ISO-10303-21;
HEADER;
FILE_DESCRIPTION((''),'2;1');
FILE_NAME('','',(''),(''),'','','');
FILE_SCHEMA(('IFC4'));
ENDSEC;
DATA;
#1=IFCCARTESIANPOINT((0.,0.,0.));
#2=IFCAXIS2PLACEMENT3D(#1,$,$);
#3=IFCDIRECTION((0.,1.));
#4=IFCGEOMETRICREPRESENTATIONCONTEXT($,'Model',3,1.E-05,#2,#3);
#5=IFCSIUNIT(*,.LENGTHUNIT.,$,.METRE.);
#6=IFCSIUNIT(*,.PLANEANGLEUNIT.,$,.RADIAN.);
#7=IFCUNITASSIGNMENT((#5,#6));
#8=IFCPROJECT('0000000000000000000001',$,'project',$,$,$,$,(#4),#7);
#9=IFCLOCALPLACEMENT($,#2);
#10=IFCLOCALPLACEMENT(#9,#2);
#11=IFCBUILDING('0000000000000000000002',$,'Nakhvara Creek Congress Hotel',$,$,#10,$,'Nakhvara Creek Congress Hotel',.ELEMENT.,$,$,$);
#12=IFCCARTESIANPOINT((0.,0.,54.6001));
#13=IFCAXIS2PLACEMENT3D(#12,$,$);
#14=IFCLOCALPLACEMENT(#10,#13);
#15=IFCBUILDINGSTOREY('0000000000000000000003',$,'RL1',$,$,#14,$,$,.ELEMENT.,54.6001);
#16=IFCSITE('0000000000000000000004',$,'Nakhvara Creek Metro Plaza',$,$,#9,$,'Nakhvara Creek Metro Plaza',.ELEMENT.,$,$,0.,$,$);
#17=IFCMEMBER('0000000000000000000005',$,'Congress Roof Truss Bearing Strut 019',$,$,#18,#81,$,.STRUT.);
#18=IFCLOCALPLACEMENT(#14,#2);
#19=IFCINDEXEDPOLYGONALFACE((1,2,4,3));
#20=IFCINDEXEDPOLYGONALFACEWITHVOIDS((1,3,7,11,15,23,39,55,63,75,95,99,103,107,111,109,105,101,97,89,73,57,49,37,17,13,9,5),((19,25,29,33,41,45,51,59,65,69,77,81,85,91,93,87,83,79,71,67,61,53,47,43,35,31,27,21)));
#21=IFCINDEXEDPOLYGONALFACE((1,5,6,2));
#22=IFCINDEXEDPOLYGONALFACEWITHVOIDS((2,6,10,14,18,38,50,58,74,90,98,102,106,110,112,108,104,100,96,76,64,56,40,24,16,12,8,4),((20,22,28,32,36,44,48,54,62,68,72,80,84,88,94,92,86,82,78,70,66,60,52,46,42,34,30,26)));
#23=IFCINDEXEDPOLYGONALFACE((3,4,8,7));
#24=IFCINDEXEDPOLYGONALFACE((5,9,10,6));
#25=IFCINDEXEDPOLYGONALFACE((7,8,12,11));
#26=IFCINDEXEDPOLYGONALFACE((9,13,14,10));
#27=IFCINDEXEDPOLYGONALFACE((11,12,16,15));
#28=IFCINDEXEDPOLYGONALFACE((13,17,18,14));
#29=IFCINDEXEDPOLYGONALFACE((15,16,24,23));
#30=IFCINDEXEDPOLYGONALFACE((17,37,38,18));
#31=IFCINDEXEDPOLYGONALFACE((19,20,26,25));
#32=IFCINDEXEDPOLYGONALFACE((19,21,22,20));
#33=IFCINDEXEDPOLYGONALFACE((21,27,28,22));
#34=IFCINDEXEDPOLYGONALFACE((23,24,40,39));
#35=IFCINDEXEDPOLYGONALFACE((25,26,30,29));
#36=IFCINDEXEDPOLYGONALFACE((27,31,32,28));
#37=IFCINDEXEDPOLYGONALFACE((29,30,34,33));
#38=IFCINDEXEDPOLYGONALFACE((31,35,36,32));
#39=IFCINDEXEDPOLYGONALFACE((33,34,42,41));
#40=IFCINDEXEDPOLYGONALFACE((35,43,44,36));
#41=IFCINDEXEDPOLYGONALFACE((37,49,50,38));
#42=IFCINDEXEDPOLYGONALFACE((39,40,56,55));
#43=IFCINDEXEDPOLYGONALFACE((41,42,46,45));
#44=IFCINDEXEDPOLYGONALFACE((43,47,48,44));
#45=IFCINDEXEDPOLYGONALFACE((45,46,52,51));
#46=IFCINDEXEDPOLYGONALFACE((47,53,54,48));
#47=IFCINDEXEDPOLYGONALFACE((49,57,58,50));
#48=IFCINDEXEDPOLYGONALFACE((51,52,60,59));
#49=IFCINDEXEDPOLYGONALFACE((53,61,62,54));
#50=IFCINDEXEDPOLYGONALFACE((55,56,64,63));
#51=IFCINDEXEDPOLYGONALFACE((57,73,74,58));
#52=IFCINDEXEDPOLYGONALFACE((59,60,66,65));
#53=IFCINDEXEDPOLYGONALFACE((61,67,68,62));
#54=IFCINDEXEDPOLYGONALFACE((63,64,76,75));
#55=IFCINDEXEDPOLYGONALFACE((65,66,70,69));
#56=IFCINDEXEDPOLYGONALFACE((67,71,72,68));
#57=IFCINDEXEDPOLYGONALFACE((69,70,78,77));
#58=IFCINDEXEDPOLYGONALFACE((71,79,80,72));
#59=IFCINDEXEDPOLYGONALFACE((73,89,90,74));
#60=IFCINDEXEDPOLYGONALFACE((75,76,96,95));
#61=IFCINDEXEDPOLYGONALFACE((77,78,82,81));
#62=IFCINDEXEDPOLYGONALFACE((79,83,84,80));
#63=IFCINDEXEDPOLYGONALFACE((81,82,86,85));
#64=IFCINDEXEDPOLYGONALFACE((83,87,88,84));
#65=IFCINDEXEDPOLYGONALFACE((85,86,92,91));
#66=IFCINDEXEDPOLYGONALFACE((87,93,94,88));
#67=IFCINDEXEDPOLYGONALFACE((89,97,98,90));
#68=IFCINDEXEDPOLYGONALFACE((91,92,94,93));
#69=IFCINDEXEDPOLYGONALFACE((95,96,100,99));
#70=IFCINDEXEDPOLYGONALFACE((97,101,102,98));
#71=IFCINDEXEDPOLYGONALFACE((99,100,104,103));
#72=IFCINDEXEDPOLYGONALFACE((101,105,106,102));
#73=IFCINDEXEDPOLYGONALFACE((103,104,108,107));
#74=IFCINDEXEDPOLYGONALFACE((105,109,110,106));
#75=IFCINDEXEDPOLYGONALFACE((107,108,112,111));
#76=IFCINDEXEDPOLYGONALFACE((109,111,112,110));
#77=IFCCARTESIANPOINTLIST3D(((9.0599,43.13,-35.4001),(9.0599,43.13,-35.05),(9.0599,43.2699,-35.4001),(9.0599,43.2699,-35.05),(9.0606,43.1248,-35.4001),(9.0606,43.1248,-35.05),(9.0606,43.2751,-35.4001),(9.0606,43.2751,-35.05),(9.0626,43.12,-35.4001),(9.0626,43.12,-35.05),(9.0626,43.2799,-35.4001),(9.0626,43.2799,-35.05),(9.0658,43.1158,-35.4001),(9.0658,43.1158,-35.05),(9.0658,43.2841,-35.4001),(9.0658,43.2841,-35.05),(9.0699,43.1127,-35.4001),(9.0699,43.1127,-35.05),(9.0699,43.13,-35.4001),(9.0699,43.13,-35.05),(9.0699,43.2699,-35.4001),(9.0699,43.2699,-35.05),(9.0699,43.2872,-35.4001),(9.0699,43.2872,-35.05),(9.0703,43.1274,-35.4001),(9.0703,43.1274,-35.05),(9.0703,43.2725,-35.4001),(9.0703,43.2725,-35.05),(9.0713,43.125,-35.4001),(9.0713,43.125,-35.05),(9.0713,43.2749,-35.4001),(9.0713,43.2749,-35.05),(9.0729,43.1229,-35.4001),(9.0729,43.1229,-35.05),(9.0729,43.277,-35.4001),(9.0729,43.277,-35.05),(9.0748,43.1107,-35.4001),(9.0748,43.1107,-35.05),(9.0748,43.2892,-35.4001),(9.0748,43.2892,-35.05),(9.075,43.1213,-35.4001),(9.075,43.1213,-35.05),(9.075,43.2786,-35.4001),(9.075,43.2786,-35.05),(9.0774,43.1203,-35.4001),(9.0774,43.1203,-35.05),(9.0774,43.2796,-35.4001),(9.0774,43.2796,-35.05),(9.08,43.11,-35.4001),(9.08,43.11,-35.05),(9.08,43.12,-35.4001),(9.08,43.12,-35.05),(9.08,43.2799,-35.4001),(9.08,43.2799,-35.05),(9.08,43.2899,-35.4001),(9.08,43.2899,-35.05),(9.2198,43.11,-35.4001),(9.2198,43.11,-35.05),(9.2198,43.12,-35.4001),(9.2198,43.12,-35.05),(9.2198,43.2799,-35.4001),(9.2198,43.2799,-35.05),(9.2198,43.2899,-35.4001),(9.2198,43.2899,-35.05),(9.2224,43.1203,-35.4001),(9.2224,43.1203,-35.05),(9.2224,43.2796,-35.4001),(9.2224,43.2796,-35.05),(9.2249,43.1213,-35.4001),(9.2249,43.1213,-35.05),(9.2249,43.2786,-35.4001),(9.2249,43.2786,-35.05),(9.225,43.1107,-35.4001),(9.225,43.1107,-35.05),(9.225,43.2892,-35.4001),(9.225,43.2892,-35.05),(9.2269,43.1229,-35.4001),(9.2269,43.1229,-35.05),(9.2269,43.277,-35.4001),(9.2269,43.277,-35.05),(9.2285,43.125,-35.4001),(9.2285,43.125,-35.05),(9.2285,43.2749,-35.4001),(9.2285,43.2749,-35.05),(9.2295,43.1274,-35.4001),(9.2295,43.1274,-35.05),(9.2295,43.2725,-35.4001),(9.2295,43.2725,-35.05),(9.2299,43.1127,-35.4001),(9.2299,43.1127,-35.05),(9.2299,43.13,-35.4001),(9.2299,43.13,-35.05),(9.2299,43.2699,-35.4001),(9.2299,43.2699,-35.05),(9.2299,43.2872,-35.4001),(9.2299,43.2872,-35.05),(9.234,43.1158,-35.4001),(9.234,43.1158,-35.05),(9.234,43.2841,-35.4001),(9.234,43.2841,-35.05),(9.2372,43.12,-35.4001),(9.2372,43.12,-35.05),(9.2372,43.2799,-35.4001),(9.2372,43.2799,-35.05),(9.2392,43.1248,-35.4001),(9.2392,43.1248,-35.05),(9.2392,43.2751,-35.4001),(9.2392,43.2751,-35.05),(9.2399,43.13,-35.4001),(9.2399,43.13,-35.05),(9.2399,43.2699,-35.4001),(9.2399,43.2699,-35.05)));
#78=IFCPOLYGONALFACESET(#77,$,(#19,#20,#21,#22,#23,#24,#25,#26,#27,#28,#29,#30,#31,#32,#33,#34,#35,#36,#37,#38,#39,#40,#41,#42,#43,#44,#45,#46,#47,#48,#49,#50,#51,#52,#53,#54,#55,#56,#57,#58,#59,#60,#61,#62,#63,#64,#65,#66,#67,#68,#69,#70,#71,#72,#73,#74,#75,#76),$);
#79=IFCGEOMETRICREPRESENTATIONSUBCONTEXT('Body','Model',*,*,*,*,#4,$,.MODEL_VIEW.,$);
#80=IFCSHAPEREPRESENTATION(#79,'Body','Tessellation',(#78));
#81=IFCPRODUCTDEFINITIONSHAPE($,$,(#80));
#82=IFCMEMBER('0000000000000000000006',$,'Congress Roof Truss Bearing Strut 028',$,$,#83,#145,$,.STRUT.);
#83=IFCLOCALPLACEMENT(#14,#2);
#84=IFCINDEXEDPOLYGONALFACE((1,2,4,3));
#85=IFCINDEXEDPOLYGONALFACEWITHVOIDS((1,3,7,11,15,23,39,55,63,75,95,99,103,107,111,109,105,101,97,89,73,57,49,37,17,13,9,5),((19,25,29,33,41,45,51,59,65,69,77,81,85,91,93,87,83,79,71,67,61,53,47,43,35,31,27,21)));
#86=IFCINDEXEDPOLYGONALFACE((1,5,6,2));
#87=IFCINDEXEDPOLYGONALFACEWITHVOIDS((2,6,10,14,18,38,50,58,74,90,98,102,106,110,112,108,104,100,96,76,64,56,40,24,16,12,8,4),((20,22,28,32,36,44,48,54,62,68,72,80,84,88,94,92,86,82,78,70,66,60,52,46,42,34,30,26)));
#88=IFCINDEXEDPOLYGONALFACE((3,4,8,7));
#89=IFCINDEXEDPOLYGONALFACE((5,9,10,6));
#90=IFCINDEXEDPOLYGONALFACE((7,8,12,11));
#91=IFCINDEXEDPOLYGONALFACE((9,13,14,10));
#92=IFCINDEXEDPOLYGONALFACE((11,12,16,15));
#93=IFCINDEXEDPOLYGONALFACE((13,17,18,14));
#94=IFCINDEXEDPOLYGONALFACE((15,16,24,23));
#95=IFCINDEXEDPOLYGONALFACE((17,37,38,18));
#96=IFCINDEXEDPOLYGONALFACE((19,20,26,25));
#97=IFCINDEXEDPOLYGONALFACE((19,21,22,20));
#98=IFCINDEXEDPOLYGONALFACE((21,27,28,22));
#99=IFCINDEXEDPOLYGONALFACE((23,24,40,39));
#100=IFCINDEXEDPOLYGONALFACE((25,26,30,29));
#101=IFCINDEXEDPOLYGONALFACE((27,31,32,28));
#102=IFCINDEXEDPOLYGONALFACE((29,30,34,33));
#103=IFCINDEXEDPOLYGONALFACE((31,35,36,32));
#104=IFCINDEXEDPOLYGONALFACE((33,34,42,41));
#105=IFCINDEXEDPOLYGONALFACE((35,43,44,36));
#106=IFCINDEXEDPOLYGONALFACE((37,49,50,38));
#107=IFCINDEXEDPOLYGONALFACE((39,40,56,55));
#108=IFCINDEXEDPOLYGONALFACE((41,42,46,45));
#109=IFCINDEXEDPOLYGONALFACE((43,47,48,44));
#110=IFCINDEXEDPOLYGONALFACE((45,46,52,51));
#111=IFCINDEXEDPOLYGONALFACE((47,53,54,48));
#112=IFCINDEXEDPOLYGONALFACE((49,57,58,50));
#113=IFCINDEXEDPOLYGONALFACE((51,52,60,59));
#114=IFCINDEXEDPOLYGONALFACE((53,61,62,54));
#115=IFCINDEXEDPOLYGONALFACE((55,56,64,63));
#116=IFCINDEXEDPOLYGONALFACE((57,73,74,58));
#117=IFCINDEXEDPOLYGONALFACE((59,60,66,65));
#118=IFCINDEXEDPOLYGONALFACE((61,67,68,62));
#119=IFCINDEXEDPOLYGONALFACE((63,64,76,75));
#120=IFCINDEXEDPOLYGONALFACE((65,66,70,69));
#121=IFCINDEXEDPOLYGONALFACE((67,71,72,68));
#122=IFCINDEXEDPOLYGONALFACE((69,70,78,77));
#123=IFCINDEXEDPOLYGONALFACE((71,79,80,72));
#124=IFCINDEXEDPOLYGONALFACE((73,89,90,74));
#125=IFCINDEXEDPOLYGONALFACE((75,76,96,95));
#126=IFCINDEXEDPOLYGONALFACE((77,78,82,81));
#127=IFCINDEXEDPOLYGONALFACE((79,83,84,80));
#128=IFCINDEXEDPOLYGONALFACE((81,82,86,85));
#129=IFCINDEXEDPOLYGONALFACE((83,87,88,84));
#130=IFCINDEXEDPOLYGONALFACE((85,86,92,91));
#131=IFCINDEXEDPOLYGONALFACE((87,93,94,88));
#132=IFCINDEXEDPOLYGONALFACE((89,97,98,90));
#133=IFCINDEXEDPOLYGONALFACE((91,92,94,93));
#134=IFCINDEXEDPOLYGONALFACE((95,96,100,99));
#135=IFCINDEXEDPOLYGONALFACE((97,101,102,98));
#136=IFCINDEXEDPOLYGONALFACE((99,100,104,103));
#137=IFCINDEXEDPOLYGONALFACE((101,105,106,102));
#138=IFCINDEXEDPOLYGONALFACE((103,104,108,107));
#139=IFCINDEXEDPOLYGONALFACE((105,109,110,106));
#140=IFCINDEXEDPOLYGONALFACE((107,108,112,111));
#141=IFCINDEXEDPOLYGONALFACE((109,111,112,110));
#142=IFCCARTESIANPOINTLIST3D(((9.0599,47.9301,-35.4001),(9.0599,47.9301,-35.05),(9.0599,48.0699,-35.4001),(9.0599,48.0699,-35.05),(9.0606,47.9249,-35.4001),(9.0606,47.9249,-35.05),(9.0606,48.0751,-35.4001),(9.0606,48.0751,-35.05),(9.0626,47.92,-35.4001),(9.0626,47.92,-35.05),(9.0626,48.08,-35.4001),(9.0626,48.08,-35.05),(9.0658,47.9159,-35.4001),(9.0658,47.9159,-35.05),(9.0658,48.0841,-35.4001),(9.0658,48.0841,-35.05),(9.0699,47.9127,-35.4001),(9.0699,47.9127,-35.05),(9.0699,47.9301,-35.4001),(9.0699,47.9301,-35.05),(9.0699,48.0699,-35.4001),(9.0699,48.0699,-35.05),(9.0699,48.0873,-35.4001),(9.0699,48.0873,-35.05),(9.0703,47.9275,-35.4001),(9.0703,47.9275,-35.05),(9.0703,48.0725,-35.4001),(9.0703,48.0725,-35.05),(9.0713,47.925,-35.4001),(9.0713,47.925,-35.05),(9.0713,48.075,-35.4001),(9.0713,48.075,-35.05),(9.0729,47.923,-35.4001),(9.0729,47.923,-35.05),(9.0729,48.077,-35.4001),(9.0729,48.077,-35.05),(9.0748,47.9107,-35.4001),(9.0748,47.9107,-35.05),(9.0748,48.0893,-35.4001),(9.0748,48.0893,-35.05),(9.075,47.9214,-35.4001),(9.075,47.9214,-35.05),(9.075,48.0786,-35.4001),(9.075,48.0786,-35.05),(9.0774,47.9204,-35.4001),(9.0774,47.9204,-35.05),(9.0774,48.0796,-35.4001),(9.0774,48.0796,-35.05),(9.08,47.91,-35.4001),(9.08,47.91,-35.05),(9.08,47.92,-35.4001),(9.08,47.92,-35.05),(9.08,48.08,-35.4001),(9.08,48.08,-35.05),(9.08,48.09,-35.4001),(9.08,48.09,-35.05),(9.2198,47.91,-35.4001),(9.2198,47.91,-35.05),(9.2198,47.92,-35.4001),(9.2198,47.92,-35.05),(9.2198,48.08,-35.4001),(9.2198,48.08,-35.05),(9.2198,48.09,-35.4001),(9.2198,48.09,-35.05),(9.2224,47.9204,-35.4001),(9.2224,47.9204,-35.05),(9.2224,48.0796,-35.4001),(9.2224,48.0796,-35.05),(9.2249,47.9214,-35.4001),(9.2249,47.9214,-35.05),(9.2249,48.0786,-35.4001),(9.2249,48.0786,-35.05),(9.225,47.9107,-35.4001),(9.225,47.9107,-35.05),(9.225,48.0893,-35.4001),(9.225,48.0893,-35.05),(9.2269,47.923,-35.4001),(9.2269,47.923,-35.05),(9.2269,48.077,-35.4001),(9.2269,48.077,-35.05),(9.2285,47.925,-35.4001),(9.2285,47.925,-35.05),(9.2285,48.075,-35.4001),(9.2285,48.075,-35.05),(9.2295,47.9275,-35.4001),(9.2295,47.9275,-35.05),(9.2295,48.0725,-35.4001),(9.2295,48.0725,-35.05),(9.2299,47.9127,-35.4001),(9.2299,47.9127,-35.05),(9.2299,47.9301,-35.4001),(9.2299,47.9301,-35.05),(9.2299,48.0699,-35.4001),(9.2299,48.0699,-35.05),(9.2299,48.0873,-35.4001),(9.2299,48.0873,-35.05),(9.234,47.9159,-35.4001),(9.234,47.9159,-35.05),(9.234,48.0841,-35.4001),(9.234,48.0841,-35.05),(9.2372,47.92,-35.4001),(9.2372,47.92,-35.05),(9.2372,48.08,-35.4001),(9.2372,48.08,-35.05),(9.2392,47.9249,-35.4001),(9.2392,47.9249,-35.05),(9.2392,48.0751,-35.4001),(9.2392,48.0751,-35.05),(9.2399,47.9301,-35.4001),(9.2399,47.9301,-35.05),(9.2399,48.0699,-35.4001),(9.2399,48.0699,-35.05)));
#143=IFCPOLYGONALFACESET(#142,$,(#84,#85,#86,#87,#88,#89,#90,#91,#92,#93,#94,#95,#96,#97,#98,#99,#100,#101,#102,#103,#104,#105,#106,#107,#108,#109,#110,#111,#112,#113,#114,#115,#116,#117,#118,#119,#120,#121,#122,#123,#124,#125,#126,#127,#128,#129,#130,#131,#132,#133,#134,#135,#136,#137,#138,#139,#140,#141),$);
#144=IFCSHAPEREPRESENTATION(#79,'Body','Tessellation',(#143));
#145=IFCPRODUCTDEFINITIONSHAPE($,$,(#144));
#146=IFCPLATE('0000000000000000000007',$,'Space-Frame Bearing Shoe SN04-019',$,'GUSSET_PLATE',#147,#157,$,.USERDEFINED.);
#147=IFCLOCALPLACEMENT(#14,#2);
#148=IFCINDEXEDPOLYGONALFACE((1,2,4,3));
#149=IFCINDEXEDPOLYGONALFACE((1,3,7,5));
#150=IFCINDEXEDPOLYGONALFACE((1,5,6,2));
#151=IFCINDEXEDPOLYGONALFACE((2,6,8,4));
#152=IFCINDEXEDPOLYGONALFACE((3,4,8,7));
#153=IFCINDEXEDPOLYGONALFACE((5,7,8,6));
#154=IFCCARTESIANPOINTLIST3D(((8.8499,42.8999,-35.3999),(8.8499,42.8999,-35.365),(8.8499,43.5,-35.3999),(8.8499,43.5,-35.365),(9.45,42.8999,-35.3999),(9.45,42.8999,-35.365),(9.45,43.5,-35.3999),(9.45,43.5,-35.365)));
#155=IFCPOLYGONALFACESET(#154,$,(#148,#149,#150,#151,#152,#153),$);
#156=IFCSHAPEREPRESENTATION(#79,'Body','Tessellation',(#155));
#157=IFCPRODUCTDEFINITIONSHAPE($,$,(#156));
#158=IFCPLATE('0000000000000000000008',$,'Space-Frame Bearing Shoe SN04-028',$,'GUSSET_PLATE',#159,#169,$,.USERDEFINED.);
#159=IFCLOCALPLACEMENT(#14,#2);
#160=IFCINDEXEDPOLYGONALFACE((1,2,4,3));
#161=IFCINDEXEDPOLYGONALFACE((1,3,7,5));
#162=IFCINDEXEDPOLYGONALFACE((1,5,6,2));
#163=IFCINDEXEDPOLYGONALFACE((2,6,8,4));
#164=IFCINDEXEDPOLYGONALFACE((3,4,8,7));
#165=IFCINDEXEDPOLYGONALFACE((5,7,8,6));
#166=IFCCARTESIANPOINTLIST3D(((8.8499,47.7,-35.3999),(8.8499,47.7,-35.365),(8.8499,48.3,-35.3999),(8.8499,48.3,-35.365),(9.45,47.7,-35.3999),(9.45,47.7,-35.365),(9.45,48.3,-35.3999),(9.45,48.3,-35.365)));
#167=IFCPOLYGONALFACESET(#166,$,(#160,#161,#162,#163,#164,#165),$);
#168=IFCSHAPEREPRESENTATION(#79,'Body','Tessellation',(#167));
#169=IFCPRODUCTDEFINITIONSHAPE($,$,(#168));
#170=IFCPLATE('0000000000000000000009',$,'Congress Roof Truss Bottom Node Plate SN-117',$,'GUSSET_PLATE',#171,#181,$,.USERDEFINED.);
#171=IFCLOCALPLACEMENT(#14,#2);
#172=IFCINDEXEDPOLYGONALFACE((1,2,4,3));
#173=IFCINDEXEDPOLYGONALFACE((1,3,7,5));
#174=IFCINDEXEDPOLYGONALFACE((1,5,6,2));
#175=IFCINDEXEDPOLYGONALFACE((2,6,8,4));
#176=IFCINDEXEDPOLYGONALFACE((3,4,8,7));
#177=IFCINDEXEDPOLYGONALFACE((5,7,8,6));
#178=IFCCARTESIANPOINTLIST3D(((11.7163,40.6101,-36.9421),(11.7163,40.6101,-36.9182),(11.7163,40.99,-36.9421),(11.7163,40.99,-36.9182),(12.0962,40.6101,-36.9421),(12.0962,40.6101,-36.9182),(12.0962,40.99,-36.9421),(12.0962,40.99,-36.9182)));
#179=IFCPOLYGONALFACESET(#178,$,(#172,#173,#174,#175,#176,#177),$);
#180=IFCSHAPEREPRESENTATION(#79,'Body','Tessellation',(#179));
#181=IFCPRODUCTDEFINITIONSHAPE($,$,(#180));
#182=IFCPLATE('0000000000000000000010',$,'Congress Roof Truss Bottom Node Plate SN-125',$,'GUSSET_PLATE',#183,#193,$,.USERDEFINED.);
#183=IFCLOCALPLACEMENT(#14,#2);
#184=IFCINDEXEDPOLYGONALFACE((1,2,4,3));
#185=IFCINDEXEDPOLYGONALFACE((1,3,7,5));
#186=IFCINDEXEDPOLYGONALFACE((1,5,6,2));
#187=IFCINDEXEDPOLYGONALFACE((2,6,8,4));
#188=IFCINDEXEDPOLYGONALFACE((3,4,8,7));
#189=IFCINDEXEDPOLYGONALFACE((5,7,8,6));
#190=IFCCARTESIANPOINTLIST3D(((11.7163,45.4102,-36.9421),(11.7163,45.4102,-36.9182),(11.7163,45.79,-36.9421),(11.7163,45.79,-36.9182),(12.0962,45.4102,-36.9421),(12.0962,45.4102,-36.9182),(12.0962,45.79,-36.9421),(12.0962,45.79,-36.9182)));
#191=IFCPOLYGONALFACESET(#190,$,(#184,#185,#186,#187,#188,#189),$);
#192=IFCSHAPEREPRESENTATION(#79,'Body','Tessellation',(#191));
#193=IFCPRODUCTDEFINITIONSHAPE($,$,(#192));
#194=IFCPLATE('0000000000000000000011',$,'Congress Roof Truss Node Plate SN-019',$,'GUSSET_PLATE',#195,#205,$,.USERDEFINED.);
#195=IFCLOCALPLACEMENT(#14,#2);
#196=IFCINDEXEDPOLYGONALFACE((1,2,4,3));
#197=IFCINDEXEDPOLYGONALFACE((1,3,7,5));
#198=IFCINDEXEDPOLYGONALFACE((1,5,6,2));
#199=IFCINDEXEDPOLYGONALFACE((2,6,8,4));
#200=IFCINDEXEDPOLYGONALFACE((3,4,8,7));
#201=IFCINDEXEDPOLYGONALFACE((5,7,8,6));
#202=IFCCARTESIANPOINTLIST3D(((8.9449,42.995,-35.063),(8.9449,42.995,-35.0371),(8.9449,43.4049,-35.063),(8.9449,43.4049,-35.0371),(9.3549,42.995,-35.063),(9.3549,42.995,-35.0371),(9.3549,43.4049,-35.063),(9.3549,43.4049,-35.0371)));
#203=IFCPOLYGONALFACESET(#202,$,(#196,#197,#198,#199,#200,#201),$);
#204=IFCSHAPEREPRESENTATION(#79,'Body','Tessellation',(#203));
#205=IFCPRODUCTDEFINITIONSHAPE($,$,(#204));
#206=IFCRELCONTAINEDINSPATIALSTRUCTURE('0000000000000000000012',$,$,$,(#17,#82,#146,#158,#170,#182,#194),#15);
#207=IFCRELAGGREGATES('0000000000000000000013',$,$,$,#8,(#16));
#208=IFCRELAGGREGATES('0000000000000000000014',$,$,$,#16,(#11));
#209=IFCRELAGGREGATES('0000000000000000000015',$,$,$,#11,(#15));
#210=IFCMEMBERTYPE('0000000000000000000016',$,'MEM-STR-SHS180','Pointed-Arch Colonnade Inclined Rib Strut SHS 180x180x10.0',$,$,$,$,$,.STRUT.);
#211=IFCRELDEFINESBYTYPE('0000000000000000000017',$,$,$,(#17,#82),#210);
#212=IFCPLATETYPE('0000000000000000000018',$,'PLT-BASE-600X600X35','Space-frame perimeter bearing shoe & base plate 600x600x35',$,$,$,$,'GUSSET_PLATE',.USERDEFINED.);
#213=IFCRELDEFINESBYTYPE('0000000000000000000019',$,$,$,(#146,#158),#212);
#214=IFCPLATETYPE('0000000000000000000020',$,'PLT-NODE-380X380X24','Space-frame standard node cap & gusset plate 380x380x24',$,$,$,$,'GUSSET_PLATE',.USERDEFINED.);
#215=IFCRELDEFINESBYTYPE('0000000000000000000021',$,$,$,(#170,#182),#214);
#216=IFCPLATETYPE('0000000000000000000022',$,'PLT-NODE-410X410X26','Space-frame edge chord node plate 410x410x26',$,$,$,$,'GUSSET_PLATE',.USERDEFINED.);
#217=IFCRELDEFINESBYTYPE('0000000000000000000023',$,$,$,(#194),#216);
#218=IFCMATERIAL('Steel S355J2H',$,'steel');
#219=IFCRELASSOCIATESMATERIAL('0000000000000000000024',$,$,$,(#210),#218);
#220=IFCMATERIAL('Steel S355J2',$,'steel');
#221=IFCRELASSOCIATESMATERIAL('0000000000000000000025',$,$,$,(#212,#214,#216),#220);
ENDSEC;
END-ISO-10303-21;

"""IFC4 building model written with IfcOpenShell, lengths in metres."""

from ifc_helpers import new_model, si_unit, direction, frame, origin, origin_2d, place, context, subcontext, project, spatial, rectangle, hollow_rectangle, extrude, material, material_profile, profile_set, type_object, element, save


model = new_model("IFC4")

# Units and contexts
model_context = context("Model", 3, precision=1e-05, world=origin(), true_north=direction((0.0, 1.0)))
body_context = subcontext(model_context, "Body", "Model", "MODEL_VIEW")
ifc_project = project(units=[si_unit("LENGTHUNIT", "METRE"), si_unit("PLANEANGLEUNIT", "RADIAN")], contexts=[model_context])

# Site, building, storey
site_placement = place(None, origin())
site = spatial("IfcSite", under=ifc_project, at=site_placement, Name="Nakhvara Creek Metro Plaza", LongName="Nakhvara Creek Metro Plaza", CompositionType="ELEMENT", RefElevation=0.0)
building_placement = place(site_placement, origin())
building = spatial("IfcBuilding", under=site, at=building_placement, Name="Nakhvara Creek Congress Hotel", LongName="Nakhvara Creek Congress Hotel", CompositionType="ELEMENT")
storey_placement = place(building_placement, frame((0.0, 0.0, 54.6001)))
storey = spatial("IfcBuildingStorey", under=building, at=storey_placement, Name="RL1", CompositionType="ELEMENT", Elevation=54.6001)

# Members
ifc_material_1 = material(Name="Steel S355J2H", Category="steel")
ifc_material_profile_1 = material_profile(ifc_material_1, hollow_rectangle(XDim=0.1799, YDim=0.1799, WallThickness=0.01, InnerFilletRadius=0.01, OuterFilletRadius=0.02, at=origin_2d()), Name="SHS 180x180x10.0", Category="LoadBearing")
ifc_profile_set_1 = profile_set([ifc_material_profile_1], Name="Steel S355J2H")
member_type_1 = type_object("IfcMemberType", Name="MEM-STR-SHS180", Description="Pointed-Arch Colonnade Inclined Rib Strut SHS 180x180x10.0", PredefinedType="STRUT", material=ifc_profile_set_1)
for number, where, z_axis, x_axis, name in (
    (1, (9.1499, 43.2, -35.4001), (0.0, 0.0, 1.0), (1.0, 0.0, 0.0), "Congress Roof Truss Bearing Strut 019"),
    (2, (9.1499, 48.0, -35.4001), (0.0, 0.0, 1.0), (1.0, 0.0, 0.0), "Congress Roof Truss Bearing Strut 028"),
):
    element("IfcMember", number, at=place(storey_placement, frame(where, z_axis=z_axis, x_axis=x_axis)), inside=storey, type_object=member_type_1, Name=name, PredefinedType="STRUT", context=body_context, shape_type="SweptSolid", body=[
        extrude(hollow_rectangle(XDim=0.1799, YDim=0.1799, WallThickness=0.01, InnerFilletRadius=0.01, OuterFilletRadius=0.02, at=origin_2d()), origin(), (0.0, 0.0, 1.0), 0.3501),
    ])

# Plates
ifc_material_2 = material(Name="Steel S355J2", Category="steel")
plate_type_1 = type_object("IfcPlateType", Name="PLT-BASE-600X600X35", Description="Space-frame perimeter bearing shoe & base plate 600x600x35", ElementType="GUSSET_PLATE", PredefinedType="USERDEFINED", material=ifc_material_2)
for number, where, z_axis, x_axis, name in (
    (3, (9.1499, 43.2, -35.3999), (0.0, 0.0, 1.0), (1.0, 0.0, 0.0), "Space-Frame Bearing Shoe SN04-019"),
    (4, (9.1499, 48.0, -35.3999), (0.0, 0.0, 1.0), (1.0, 0.0, 0.0), "Space-Frame Bearing Shoe SN04-028"),
):
    element("IfcPlate", number, at=place(storey_placement, frame(where, z_axis=z_axis, x_axis=x_axis)), inside=storey, type_object=plate_type_1, Name=name, ObjectType="GUSSET_PLATE", PredefinedType="USERDEFINED", context=body_context, shape_type="SweptSolid", body=[
        extrude(rectangle(XDim=0.6001, YDim=0.6001, at=origin_2d()), origin(), (0.0, 0.0, 1.0), 0.0349),
    ])
plate_type_2 = type_object("IfcPlateType", Name="PLT-NODE-380X380X24", Description="Space-frame standard node cap & gusset plate 380x380x24", ElementType="GUSSET_PLATE", PredefinedType="USERDEFINED", material=ifc_material_2)
for number, where, z_axis, x_axis, name in (
    (5, (11.9062, 40.8, -36.9421), (0.0, 0.0, 1.0), (1.0, 0.0, 0.0), "Congress Roof Truss Bottom Node Plate SN-117"),
    (6, (11.9062, 45.6001, -36.9421), (0.0, 0.0, 1.0), (1.0, 0.0, 0.0), "Congress Roof Truss Bottom Node Plate SN-125"),
):
    element("IfcPlate", number, at=place(storey_placement, frame(where, z_axis=z_axis, x_axis=x_axis)), inside=storey, type_object=plate_type_2, Name=name, ObjectType="GUSSET_PLATE", PredefinedType="USERDEFINED", context=body_context, shape_type="SweptSolid", body=[
        extrude(rectangle(XDim=0.3799, YDim=0.3799, at=origin_2d()), origin(), (0.0, 0.0, 1.0), 0.0239),
    ])
plate_type_3 = type_object("IfcPlateType", Name="PLT-NODE-410X410X26", Description="Space-frame edge chord node plate 410x410x26", ElementType="GUSSET_PLATE", PredefinedType="USERDEFINED", material=ifc_material_2)
for number, where, z_axis, x_axis, name in (
    (7, (9.1499, 43.2, -35.063), (0.0, 0.0, 1.0), (1.0, 0.0, 0.0), "Congress Roof Truss Node Plate SN-019"),
):
    element("IfcPlate", number, at=place(storey_placement, frame(where, z_axis=z_axis, x_axis=x_axis)), inside=storey, type_object=plate_type_3, Name=name, ObjectType="GUSSET_PLATE", PredefinedType="USERDEFINED", context=body_context, shape_type="SweptSolid", body=[
        extrude(rectangle(XDim=0.4099, YDim=0.4099, at=origin_2d()), origin(), (0.0, 0.0, 1.0), 0.0259),
    ])

save(model, "model.ifc")
